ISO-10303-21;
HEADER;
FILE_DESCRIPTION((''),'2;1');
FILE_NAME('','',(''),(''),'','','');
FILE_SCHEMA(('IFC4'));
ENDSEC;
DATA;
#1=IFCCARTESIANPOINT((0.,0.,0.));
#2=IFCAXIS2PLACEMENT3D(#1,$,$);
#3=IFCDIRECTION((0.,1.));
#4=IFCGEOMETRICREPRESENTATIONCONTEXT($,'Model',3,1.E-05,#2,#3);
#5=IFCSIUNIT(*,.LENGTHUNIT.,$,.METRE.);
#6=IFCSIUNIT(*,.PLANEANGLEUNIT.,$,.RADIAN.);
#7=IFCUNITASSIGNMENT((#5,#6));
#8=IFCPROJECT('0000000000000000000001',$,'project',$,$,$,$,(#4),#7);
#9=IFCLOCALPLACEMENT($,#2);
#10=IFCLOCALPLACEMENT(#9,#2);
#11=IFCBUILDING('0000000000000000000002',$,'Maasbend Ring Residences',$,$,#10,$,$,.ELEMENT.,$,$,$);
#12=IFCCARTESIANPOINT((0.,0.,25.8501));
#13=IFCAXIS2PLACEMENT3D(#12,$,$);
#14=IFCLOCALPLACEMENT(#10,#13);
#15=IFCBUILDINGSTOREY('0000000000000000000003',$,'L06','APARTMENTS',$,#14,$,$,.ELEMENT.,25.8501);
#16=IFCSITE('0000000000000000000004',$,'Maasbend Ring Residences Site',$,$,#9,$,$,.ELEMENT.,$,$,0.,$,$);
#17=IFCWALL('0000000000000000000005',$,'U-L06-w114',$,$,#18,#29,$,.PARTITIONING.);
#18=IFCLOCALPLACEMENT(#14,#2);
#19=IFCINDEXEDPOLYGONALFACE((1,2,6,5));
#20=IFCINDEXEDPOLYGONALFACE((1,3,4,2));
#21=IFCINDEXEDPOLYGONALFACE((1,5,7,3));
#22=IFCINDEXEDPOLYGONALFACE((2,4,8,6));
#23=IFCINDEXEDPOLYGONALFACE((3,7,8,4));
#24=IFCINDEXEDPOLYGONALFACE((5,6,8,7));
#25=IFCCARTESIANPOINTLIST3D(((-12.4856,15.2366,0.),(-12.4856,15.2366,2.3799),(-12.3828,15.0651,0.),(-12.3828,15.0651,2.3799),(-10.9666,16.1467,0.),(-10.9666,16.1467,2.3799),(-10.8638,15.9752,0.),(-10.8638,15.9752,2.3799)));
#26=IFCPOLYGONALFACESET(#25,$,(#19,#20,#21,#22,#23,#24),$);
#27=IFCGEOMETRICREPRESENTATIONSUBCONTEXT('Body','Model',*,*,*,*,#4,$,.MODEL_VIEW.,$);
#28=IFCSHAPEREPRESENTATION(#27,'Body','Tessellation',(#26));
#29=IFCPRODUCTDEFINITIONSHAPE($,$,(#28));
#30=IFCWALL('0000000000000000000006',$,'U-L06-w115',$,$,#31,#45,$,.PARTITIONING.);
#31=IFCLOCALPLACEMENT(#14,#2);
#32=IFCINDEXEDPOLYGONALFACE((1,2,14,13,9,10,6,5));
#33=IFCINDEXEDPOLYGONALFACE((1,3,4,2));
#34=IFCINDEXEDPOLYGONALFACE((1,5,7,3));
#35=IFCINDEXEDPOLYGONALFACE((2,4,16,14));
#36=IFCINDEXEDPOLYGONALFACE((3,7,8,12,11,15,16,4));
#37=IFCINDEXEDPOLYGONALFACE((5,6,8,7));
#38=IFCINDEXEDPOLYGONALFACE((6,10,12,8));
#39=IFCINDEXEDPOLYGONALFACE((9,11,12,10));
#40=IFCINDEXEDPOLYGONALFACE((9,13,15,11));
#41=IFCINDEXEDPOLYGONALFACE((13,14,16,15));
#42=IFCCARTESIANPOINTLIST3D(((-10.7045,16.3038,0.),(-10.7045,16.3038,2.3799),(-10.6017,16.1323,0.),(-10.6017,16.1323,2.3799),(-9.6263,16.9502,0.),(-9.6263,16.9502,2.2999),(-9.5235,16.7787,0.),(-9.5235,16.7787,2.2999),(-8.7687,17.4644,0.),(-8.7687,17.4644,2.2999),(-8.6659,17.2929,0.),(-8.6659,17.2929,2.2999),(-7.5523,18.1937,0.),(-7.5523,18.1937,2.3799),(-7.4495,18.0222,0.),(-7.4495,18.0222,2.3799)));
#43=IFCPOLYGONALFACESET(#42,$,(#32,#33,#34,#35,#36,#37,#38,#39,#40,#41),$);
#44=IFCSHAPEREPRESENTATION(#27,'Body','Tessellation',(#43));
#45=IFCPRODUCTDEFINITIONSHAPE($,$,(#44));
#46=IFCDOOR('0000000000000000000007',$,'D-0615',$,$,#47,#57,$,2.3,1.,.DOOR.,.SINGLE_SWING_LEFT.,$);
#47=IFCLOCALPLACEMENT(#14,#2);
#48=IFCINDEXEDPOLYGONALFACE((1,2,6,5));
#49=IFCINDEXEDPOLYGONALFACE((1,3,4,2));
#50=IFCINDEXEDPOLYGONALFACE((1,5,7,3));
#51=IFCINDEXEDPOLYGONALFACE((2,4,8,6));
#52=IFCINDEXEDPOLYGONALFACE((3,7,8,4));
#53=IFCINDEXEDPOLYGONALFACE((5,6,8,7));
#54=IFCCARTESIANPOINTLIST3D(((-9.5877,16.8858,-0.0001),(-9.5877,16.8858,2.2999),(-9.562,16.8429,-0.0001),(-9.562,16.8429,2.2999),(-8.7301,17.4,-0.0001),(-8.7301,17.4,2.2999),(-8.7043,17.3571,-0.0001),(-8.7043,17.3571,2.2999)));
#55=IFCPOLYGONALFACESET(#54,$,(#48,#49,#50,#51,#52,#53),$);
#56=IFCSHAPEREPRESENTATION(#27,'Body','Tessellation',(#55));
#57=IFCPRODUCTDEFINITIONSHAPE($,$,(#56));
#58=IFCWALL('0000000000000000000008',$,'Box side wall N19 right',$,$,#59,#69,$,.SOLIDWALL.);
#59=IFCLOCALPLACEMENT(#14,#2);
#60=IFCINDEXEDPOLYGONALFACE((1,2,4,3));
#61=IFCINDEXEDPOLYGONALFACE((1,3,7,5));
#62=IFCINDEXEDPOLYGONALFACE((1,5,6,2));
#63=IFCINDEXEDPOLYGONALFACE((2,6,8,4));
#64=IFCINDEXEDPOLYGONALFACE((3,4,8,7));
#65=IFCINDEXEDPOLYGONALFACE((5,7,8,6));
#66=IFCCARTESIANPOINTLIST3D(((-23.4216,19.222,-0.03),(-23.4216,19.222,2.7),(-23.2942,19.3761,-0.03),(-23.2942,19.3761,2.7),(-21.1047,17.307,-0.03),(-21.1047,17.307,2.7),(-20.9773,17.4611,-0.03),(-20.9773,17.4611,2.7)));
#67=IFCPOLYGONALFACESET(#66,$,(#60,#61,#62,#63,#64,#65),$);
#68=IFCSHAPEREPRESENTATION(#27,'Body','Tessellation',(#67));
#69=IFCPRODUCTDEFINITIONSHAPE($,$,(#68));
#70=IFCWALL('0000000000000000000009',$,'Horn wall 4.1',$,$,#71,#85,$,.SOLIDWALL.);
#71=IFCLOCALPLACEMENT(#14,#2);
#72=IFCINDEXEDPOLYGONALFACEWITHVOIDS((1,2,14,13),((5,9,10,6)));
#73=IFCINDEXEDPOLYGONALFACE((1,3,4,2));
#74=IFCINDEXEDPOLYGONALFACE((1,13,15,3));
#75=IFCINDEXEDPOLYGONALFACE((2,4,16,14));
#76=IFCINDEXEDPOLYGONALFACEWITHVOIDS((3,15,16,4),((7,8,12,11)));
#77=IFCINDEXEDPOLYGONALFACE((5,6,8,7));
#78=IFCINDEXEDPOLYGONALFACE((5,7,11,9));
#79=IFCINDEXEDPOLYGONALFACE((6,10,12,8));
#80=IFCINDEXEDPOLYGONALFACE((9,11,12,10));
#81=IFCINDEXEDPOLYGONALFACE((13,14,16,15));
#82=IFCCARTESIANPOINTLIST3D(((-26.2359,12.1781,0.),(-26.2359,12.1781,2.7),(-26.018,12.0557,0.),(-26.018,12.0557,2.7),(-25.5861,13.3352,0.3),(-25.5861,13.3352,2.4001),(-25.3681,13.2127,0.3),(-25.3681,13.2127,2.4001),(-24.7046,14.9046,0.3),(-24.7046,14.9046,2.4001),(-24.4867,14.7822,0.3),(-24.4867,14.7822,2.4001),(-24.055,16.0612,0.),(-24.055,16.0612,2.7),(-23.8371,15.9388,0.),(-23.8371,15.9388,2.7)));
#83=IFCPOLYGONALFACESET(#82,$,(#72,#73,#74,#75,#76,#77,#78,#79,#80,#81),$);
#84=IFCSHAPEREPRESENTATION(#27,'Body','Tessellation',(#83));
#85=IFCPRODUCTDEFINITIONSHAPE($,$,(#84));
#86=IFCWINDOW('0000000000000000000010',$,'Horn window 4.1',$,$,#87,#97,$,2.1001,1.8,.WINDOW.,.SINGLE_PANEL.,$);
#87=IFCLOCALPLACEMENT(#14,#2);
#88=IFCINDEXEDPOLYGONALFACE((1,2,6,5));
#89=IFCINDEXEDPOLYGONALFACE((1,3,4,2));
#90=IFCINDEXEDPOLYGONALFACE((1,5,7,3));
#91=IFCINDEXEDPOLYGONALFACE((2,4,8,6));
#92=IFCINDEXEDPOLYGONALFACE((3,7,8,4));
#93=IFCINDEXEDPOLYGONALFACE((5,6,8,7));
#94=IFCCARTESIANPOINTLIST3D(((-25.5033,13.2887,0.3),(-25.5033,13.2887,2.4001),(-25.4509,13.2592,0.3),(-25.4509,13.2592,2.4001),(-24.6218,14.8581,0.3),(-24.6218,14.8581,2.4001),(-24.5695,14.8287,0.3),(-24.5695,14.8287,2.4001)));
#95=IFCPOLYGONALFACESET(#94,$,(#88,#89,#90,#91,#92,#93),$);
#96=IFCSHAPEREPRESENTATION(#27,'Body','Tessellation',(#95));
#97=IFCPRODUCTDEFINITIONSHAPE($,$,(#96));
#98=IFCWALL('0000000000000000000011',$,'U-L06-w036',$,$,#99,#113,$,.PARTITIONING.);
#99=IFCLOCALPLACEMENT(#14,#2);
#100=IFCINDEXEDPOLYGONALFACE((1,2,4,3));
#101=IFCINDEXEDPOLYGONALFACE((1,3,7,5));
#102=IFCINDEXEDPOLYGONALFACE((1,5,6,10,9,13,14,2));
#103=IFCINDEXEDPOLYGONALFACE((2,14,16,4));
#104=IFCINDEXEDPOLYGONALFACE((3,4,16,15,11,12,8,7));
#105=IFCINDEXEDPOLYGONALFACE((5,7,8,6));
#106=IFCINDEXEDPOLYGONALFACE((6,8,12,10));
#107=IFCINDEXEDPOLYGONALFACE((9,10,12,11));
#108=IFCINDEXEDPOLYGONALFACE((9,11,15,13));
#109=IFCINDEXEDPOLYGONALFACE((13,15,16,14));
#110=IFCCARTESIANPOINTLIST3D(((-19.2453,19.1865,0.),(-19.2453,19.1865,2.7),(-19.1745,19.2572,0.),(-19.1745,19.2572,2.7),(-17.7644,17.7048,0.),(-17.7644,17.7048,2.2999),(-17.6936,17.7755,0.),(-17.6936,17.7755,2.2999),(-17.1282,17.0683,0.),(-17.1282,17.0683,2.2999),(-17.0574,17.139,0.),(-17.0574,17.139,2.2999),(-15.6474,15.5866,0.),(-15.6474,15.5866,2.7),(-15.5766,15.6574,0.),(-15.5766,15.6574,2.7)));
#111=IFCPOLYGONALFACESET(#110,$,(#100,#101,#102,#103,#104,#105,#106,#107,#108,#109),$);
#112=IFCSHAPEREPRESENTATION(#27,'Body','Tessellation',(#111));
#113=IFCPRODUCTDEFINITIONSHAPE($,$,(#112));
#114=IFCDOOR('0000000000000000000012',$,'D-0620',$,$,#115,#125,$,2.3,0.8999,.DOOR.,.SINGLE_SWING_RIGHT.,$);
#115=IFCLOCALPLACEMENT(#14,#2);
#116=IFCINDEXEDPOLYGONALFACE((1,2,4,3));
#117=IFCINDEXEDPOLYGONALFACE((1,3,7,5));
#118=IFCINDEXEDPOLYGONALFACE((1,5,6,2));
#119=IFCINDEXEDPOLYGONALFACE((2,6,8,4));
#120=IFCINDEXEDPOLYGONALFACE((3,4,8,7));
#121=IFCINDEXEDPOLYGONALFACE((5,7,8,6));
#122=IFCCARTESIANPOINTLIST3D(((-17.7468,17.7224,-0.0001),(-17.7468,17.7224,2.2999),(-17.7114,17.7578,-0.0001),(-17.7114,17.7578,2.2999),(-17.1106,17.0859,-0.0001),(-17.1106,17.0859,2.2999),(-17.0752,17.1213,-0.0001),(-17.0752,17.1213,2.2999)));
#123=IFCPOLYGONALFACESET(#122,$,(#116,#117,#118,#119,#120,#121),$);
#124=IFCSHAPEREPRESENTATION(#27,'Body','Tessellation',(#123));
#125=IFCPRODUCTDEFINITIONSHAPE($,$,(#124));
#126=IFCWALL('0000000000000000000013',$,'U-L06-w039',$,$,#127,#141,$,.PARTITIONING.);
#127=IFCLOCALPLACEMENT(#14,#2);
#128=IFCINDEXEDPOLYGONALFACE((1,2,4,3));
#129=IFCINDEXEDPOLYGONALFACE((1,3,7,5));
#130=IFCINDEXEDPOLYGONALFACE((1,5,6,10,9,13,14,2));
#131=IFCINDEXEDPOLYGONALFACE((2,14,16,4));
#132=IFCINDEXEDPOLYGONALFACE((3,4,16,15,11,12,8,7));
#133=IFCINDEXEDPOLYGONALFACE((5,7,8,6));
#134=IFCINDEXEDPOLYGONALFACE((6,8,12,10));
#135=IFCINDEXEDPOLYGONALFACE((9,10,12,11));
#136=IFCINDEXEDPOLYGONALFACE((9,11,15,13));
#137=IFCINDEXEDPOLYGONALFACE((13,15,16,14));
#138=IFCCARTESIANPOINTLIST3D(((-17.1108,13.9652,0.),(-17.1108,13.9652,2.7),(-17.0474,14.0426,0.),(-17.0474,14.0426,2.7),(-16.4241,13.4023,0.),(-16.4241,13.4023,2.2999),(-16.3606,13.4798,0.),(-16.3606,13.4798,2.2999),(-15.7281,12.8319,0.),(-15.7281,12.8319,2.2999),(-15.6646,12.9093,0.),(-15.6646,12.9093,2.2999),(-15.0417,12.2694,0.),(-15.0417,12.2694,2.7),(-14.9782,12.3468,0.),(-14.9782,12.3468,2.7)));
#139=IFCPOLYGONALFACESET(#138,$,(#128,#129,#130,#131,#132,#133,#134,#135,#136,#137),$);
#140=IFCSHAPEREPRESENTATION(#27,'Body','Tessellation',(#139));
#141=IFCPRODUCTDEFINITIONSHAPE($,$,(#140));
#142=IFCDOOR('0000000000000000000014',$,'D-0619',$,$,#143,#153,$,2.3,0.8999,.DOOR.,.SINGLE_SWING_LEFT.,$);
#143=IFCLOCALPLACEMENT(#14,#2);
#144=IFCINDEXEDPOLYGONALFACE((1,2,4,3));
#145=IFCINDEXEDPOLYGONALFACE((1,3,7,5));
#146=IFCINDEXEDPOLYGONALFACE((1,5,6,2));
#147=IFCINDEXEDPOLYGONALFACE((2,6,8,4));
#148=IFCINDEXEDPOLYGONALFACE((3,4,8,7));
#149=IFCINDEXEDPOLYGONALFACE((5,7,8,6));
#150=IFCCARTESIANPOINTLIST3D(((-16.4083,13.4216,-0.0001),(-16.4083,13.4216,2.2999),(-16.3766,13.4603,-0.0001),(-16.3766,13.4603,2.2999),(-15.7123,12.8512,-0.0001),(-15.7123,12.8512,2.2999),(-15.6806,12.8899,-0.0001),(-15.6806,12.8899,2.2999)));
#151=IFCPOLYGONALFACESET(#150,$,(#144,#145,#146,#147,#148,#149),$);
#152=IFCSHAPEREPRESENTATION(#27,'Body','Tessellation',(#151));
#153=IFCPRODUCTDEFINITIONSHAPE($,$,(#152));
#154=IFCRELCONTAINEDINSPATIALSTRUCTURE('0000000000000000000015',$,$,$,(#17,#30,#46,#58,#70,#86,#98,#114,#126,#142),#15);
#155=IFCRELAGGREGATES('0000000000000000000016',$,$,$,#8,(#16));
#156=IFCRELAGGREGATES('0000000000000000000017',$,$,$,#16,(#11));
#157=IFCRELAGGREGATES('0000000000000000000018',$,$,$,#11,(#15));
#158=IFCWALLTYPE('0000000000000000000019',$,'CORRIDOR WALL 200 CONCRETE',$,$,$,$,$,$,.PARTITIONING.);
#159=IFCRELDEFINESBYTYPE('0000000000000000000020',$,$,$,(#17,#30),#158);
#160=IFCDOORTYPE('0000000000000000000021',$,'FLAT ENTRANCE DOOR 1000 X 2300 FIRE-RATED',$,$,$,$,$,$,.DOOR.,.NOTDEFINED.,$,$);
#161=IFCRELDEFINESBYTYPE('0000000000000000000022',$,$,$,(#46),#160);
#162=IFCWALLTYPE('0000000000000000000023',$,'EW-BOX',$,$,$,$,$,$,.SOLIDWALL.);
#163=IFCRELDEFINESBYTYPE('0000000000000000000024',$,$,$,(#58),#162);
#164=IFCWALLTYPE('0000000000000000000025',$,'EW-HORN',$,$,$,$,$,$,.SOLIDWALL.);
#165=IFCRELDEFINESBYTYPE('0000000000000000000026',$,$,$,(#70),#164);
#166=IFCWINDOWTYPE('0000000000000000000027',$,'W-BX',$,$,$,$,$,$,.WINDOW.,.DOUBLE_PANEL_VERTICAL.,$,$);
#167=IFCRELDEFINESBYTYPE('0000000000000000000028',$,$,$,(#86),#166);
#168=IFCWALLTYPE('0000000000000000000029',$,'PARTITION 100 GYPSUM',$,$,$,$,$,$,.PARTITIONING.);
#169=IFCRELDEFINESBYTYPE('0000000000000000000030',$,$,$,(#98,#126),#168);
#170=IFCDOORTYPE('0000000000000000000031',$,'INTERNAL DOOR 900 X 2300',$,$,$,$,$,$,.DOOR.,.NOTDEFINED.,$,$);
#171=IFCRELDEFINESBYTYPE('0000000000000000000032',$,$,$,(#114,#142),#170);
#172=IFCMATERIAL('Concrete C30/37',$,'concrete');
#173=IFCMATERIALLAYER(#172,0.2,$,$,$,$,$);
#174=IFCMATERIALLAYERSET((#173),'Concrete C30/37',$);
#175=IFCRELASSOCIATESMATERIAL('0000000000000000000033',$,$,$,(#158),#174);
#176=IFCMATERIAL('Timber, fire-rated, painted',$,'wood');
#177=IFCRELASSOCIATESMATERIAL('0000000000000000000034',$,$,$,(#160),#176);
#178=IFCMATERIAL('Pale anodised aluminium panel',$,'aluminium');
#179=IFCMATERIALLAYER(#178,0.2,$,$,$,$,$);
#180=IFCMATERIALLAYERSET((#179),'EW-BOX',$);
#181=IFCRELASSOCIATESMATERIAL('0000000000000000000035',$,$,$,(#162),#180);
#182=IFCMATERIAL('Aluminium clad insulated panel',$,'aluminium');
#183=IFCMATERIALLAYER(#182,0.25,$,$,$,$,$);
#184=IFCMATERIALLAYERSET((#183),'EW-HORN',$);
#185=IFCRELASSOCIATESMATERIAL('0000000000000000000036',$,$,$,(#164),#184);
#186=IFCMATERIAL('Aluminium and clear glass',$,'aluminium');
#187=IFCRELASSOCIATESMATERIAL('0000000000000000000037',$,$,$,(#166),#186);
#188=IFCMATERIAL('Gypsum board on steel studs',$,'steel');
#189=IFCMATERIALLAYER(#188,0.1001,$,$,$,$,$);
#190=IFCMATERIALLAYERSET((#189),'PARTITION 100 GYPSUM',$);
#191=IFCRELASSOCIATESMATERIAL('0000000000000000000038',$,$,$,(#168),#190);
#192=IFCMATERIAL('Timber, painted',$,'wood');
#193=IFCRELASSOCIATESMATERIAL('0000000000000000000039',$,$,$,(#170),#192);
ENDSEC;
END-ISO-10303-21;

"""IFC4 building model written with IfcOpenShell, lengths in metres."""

from ifc_helpers import new_model, si_unit, direction, frame, frame_2d, origin, place, context, subcontext, project, spatial, rectangle, extrude, material, layer, layer_set, type_object, element, fill, save


model = new_model("IFC4")

# Units and contexts
model_context = context("Model", 3, precision=1e-05, world=origin(), true_north=direction((0.0, 1.0)))
body_context = subcontext(model_context, "Body", "Model", "MODEL_VIEW")
ifc_project = project(units=[si_unit("LENGTHUNIT", "METRE"), si_unit("PLANEANGLEUNIT", "RADIAN")], contexts=[model_context])

# Site, building, storey
site_placement = place(None, origin())
site = spatial("IfcSite", under=ifc_project, at=site_placement, Name="Maasbend Ring Residences Site", CompositionType="ELEMENT", RefElevation=0.0)
building_placement = place(site_placement, origin())
building = spatial("IfcBuilding", under=site, at=building_placement, Name="Maasbend Ring Residences", CompositionType="ELEMENT")
storey_placement = place(building_placement, frame((0.0, 0.0, 25.8501)))
storey = spatial("IfcBuildingStorey", under=building, at=storey_placement, Name="L06", Description="APARTMENTS", CompositionType="ELEMENT", Elevation=25.8501)

# Wall
ifc_material_1 = material(Name="Concrete C30/37", Category="concrete")
ifc_layer_1 = layer(ifc_material_1, 0.2)
ifc_layer_set_1 = layer_set([ifc_layer_1], Name="Concrete C30/37")
wall_type_1 = type_object("IfcWallType", Name="CORRIDOR WALL 200 CONCRETE", PredefinedType="PARTITIONING", material=ifc_layer_set_1)
wall_1_placement = place(storey_placement, frame((-12.4341, 15.1509, 0.0), z_axis=(0.0, 0.0, 1.0), x_axis=(0.857809, 0.513969, 0.0)))
element("IfcWall", 1, at=wall_1_placement, inside=storey, type_object=wall_type_1, Name="U-L06-w114", PredefinedType="PARTITIONING", context=body_context, shape_type="SweptSolid", body=[
    extrude(rectangle(XDim=1.7708, YDim=0.2, at=frame_2d((0.8853, 0.0))), origin(), (0.0, 0.0, 1.0), 2.3799),
])

# Wall, opening, door
wall_2_placement = place(storey_placement, frame((-10.6531, 16.218, 0.0), z_axis=(0.0, 0.0, 1.0), x_axis=(0.857657, 0.514222, 0.0)))
wall_2 = element("IfcWall", 2, at=wall_2_placement, inside=storey, type_object=wall_type_1, Name="U-L06-w115", PredefinedType="PARTITIONING", context=body_context, shape_type="SweptSolid", body=[
    extrude(rectangle(XDim=3.6753, YDim=0.2, at=frame_2d((1.8376, 0.0))), origin(), (0.0, 0.0, 1.0), 2.3799),
])
opening_1_placement = place(wall_2_placement, frame((1.2571, 0.0, 0.0)))
opening_1 = element("IfcOpeningElement", 3, at=opening_1_placement, cuts=wall_2, PredefinedType="OPENING", context=body_context, shape_type="SweptSolid", body=[
    extrude(rectangle(XDim=1.0, YDim=2.3, at=frame_2d((0.5, 1.1499))), frame((0.0, 0.1099, 0.0), z_axis=(0.0, -1.0, 0.0), x_axis=(1.0, 0.0, 0.0)), (0.0, 0.0, 1.0), 0.22),
])
ifc_material_2 = material(Name="Timber, fire-rated, painted", Category="wood")
door_type_1 = type_object("IfcDoorType", Name="FLAT ENTRANCE DOOR 1000 X 2300 FIRE-RATED", OperationType="NOTDEFINED", PredefinedType="DOOR", material=ifc_material_2)
door_1_placement = place(opening_1_placement, origin())
door_1 = element("IfcDoor", 4, at=door_1_placement, inside=storey, type_object=door_type_1, Name="D-0615", OperationType="SINGLE_SWING_LEFT", OverallHeight=2.3, OverallWidth=1.0, PredefinedType="DOOR", context=body_context, shape_type="SweptSolid", body=[
    extrude(rectangle(XDim=1.0, YDim=2.3, at=frame_2d((0.5, 1.1499))), frame((0.0, 0.0249, 0.0), z_axis=(0.0, -1.0, 0.0), x_axis=(1.0, 0.0, 0.0)), (0.0, 0.0, 1.0), 0.05),
])
fill(opening_1, door_1)

# Wall
ifc_material_3 = material(Name="Pale anodised aluminium panel", Category="aluminium")
ifc_layer_2 = layer(ifc_material_3, 0.2)
ifc_layer_set_2 = layer_set([ifc_layer_2], Name="EW-BOX")
wall_type_2 = type_object("IfcWallType", Name="EW-BOX", PredefinedType="SOLIDWALL", material=ifc_layer_set_2)
wall_3_placement = place(storey_placement, frame((-21.041, 17.384, -0.03), z_axis=(0.0, 0.0, 1.0), x_axis=(-0.770785, 0.637096, 0.0)))
element("IfcWall", 5, at=wall_3_placement, inside=storey, type_object=wall_type_2, Name="Box side wall N19 right", PredefinedType="SOLIDWALL", context=body_context, shape_type="SweptSolid", body=[
    extrude(rectangle(XDim=3.0059, YDim=0.2, at=frame_2d((1.5029, 0.0))), origin(), (0.0, 0.0, 1.0), 2.73),
])

# Wall, opening, window
ifc_material_4 = material(Name="Aluminium clad insulated panel", Category="aluminium")
ifc_layer_3 = layer(ifc_material_4, 0.25)
ifc_layer_set_3 = layer_set([ifc_layer_3], Name="EW-HORN")
wall_type_3 = type_object("IfcWallType", Name="EW-HORN", PredefinedType="SOLIDWALL", material=ifc_layer_set_3)
wall_4_placement = place(storey_placement, frame((-23.946, 16.0, 0.0), z_axis=(0.0, 0.0, 1.0), x_axis=(-0.489696, -0.871893, 0.0)))
wall_4 = element("IfcWall", 6, at=wall_4_placement, inside=storey, type_object=wall_type_3, Name="Horn wall 4.1", PredefinedType="SOLIDWALL", context=body_context, shape_type="SweptSolid", body=[
    extrude(rectangle(XDim=4.4536, YDim=0.25, at=frame_2d((2.2268, 0.0))), origin(), (0.0, 0.0, 1.0), 2.7),
])
opening_2_placement = place(wall_4_placement, frame((1.3267, 0.0, 0.3)))
opening_2 = element("IfcOpeningElement", 7, at=opening_2_placement, cuts=wall_4, PredefinedType="OPENING", context=body_context, shape_type="SweptSolid", body=[
    extrude(rectangle(XDim=1.8, YDim=2.1001, at=frame_2d((0.8999, 1.05))), frame((0.0, 0.135, 0.0), z_axis=(0.0, -1.0, 0.0), x_axis=(1.0, 0.0, 0.0)), (0.0, 0.0, 1.0), 0.27),
])
ifc_material_5 = material(Name="Aluminium and clear glass", Category="aluminium")
window_type = type_object("IfcWindowType", Name="W-BX", PartitioningType="DOUBLE_PANEL_VERTICAL", PredefinedType="WINDOW", material=ifc_material_5)
window_placement = place(opening_2_placement, origin())
window = element("IfcWindow", 8, at=window_placement, inside=storey, type_object=window_type, Name="Horn window 4.1", OverallHeight=2.1001, OverallWidth=1.8, PartitioningType="SINGLE_PANEL", PredefinedType="WINDOW", context=body_context, shape_type="SweptSolid", body=[
    extrude(rectangle(XDim=1.8, YDim=2.1001, at=frame_2d((0.8999, 1.05))), frame((0.0, 0.03, 0.0), z_axis=(0.0, -1.0, 0.0), x_axis=(1.0, 0.0, 0.0)), (0.0, 0.0, 1.0), 0.0601),
])
fill(opening_2, window)

# Walls, openings, doors
ifc_material_6 = material(Name="Gypsum board on steel studs", Category="steel")
ifc_layer_4 = layer(ifc_material_6, 0.1001)
ifc_layer_set_4 = layer_set([ifc_layer_4], Name="PARTITION 100 GYPSUM")
wall_type_4 = type_object("IfcWallType", Name="PARTITION 100 GYPSUM", PredefinedType="PARTITIONING", material=ifc_layer_set_4)
wall_5_placement = place(storey_placement, frame((-19.21, 19.2219, 0.0), z_axis=(0.0, 0.0, 1.0), x_axis=(0.706915, -0.707299, 0.0)))
wall_5 = element("IfcWall", 9, at=wall_5_placement, inside=storey, type_object=wall_type_4, Name="U-L06-w036", PredefinedType="PARTITIONING", context=body_context, shape_type="SweptSolid", body=[
    extrude(rectangle(XDim=5.0896, YDim=0.1001, at=frame_2d((2.5449, 0.0))), origin(), (0.0, 0.0, 1.0), 2.7),
])
opening_3_placement = place(wall_5_placement, frame((2.095, 0.0, 0.0)))
opening_3 = element("IfcOpeningElement", 10, at=opening_3_placement, cuts=wall_5, PredefinedType="OPENING", context=body_context, shape_type="SweptSolid", body=[
    extrude(rectangle(XDim=0.8999, YDim=2.3, at=frame_2d((0.45, 1.1499))), frame((0.0, 0.0601, 0.0), z_axis=(0.0, -1.0, 0.0), x_axis=(1.0, 0.0, 0.0)), (0.0, 0.0, 1.0), 0.1201),
])
ifc_material_7 = material(Name="Timber, painted", Category="wood")
door_type_2 = type_object("IfcDoorType", Name="INTERNAL DOOR 900 X 2300", OperationType="NOTDEFINED", PredefinedType="DOOR", material=ifc_material_7)
door_2_placement = place(opening_3_placement, origin())
door_2 = element("IfcDoor", 11, at=door_2_placement, inside=storey, type_object=door_type_2, Name="D-0620", OperationType="SINGLE_SWING_RIGHT", OverallHeight=2.3, OverallWidth=0.8999, PredefinedType="DOOR", context=body_context, shape_type="SweptSolid", body=[
    extrude(rectangle(XDim=0.8999, YDim=2.3, at=frame_2d((0.45, 1.1499))), frame((0.0, 0.0249, 0.0), z_axis=(0.0, -1.0, 0.0), x_axis=(1.0, 0.0, 0.0)), (0.0, 0.0, 1.0), 0.05),
])
fill(opening_3, door_2)
wall_6_placement = place(storey_placement, frame((-17.0791, 14.0039, 0.0), z_axis=(0.0, 0.0, 1.0), x_axis=(0.773424, -0.633889, 0.0)))
wall_6 = element("IfcWall", 12, at=wall_6_placement, inside=storey, type_object=wall_type_4, Name="U-L06-w039", PredefinedType="PARTITIONING", context=body_context, shape_type="SweptSolid", body=[
    extrude(rectangle(XDim=2.6753, YDim=0.1001, at=frame_2d((1.3376, 0.0))), origin(), (0.0, 0.0, 1.0), 2.7),
])
opening_4_placement = place(wall_6_placement, frame((0.8879, 0.0, 0.0)))
opening_4 = element("IfcOpeningElement", 13, at=opening_4_placement, cuts=wall_6, PredefinedType="OPENING", context=body_context, shape_type="SweptSolid", body=[
    extrude(rectangle(XDim=0.8999, YDim=2.3, at=frame_2d((0.45, 1.1499))), frame((0.0, 0.0601, 0.0), z_axis=(0.0, -1.0, 0.0), x_axis=(1.0, 0.0, 0.0)), (0.0, 0.0, 1.0), 0.1201),
])
door_3_placement = place(opening_4_placement, origin())
door_3 = element("IfcDoor", 14, at=door_3_placement, inside=storey, type_object=door_type_2, Name="D-0619", OperationType="SINGLE_SWING_LEFT", OverallHeight=2.3, OverallWidth=0.8999, PredefinedType="DOOR", context=body_context, shape_type="SweptSolid", body=[
    extrude(rectangle(XDim=0.8999, YDim=2.3, at=frame_2d((0.45, 1.1499))), frame((0.0, 0.0249, 0.0), z_axis=(0.0, -1.0, 0.0), x_axis=(1.0, 0.0, 0.0)), (0.0, 0.0, 1.0), 0.05),
])
fill(opening_4, door_3)

save(model, "model.ifc")
